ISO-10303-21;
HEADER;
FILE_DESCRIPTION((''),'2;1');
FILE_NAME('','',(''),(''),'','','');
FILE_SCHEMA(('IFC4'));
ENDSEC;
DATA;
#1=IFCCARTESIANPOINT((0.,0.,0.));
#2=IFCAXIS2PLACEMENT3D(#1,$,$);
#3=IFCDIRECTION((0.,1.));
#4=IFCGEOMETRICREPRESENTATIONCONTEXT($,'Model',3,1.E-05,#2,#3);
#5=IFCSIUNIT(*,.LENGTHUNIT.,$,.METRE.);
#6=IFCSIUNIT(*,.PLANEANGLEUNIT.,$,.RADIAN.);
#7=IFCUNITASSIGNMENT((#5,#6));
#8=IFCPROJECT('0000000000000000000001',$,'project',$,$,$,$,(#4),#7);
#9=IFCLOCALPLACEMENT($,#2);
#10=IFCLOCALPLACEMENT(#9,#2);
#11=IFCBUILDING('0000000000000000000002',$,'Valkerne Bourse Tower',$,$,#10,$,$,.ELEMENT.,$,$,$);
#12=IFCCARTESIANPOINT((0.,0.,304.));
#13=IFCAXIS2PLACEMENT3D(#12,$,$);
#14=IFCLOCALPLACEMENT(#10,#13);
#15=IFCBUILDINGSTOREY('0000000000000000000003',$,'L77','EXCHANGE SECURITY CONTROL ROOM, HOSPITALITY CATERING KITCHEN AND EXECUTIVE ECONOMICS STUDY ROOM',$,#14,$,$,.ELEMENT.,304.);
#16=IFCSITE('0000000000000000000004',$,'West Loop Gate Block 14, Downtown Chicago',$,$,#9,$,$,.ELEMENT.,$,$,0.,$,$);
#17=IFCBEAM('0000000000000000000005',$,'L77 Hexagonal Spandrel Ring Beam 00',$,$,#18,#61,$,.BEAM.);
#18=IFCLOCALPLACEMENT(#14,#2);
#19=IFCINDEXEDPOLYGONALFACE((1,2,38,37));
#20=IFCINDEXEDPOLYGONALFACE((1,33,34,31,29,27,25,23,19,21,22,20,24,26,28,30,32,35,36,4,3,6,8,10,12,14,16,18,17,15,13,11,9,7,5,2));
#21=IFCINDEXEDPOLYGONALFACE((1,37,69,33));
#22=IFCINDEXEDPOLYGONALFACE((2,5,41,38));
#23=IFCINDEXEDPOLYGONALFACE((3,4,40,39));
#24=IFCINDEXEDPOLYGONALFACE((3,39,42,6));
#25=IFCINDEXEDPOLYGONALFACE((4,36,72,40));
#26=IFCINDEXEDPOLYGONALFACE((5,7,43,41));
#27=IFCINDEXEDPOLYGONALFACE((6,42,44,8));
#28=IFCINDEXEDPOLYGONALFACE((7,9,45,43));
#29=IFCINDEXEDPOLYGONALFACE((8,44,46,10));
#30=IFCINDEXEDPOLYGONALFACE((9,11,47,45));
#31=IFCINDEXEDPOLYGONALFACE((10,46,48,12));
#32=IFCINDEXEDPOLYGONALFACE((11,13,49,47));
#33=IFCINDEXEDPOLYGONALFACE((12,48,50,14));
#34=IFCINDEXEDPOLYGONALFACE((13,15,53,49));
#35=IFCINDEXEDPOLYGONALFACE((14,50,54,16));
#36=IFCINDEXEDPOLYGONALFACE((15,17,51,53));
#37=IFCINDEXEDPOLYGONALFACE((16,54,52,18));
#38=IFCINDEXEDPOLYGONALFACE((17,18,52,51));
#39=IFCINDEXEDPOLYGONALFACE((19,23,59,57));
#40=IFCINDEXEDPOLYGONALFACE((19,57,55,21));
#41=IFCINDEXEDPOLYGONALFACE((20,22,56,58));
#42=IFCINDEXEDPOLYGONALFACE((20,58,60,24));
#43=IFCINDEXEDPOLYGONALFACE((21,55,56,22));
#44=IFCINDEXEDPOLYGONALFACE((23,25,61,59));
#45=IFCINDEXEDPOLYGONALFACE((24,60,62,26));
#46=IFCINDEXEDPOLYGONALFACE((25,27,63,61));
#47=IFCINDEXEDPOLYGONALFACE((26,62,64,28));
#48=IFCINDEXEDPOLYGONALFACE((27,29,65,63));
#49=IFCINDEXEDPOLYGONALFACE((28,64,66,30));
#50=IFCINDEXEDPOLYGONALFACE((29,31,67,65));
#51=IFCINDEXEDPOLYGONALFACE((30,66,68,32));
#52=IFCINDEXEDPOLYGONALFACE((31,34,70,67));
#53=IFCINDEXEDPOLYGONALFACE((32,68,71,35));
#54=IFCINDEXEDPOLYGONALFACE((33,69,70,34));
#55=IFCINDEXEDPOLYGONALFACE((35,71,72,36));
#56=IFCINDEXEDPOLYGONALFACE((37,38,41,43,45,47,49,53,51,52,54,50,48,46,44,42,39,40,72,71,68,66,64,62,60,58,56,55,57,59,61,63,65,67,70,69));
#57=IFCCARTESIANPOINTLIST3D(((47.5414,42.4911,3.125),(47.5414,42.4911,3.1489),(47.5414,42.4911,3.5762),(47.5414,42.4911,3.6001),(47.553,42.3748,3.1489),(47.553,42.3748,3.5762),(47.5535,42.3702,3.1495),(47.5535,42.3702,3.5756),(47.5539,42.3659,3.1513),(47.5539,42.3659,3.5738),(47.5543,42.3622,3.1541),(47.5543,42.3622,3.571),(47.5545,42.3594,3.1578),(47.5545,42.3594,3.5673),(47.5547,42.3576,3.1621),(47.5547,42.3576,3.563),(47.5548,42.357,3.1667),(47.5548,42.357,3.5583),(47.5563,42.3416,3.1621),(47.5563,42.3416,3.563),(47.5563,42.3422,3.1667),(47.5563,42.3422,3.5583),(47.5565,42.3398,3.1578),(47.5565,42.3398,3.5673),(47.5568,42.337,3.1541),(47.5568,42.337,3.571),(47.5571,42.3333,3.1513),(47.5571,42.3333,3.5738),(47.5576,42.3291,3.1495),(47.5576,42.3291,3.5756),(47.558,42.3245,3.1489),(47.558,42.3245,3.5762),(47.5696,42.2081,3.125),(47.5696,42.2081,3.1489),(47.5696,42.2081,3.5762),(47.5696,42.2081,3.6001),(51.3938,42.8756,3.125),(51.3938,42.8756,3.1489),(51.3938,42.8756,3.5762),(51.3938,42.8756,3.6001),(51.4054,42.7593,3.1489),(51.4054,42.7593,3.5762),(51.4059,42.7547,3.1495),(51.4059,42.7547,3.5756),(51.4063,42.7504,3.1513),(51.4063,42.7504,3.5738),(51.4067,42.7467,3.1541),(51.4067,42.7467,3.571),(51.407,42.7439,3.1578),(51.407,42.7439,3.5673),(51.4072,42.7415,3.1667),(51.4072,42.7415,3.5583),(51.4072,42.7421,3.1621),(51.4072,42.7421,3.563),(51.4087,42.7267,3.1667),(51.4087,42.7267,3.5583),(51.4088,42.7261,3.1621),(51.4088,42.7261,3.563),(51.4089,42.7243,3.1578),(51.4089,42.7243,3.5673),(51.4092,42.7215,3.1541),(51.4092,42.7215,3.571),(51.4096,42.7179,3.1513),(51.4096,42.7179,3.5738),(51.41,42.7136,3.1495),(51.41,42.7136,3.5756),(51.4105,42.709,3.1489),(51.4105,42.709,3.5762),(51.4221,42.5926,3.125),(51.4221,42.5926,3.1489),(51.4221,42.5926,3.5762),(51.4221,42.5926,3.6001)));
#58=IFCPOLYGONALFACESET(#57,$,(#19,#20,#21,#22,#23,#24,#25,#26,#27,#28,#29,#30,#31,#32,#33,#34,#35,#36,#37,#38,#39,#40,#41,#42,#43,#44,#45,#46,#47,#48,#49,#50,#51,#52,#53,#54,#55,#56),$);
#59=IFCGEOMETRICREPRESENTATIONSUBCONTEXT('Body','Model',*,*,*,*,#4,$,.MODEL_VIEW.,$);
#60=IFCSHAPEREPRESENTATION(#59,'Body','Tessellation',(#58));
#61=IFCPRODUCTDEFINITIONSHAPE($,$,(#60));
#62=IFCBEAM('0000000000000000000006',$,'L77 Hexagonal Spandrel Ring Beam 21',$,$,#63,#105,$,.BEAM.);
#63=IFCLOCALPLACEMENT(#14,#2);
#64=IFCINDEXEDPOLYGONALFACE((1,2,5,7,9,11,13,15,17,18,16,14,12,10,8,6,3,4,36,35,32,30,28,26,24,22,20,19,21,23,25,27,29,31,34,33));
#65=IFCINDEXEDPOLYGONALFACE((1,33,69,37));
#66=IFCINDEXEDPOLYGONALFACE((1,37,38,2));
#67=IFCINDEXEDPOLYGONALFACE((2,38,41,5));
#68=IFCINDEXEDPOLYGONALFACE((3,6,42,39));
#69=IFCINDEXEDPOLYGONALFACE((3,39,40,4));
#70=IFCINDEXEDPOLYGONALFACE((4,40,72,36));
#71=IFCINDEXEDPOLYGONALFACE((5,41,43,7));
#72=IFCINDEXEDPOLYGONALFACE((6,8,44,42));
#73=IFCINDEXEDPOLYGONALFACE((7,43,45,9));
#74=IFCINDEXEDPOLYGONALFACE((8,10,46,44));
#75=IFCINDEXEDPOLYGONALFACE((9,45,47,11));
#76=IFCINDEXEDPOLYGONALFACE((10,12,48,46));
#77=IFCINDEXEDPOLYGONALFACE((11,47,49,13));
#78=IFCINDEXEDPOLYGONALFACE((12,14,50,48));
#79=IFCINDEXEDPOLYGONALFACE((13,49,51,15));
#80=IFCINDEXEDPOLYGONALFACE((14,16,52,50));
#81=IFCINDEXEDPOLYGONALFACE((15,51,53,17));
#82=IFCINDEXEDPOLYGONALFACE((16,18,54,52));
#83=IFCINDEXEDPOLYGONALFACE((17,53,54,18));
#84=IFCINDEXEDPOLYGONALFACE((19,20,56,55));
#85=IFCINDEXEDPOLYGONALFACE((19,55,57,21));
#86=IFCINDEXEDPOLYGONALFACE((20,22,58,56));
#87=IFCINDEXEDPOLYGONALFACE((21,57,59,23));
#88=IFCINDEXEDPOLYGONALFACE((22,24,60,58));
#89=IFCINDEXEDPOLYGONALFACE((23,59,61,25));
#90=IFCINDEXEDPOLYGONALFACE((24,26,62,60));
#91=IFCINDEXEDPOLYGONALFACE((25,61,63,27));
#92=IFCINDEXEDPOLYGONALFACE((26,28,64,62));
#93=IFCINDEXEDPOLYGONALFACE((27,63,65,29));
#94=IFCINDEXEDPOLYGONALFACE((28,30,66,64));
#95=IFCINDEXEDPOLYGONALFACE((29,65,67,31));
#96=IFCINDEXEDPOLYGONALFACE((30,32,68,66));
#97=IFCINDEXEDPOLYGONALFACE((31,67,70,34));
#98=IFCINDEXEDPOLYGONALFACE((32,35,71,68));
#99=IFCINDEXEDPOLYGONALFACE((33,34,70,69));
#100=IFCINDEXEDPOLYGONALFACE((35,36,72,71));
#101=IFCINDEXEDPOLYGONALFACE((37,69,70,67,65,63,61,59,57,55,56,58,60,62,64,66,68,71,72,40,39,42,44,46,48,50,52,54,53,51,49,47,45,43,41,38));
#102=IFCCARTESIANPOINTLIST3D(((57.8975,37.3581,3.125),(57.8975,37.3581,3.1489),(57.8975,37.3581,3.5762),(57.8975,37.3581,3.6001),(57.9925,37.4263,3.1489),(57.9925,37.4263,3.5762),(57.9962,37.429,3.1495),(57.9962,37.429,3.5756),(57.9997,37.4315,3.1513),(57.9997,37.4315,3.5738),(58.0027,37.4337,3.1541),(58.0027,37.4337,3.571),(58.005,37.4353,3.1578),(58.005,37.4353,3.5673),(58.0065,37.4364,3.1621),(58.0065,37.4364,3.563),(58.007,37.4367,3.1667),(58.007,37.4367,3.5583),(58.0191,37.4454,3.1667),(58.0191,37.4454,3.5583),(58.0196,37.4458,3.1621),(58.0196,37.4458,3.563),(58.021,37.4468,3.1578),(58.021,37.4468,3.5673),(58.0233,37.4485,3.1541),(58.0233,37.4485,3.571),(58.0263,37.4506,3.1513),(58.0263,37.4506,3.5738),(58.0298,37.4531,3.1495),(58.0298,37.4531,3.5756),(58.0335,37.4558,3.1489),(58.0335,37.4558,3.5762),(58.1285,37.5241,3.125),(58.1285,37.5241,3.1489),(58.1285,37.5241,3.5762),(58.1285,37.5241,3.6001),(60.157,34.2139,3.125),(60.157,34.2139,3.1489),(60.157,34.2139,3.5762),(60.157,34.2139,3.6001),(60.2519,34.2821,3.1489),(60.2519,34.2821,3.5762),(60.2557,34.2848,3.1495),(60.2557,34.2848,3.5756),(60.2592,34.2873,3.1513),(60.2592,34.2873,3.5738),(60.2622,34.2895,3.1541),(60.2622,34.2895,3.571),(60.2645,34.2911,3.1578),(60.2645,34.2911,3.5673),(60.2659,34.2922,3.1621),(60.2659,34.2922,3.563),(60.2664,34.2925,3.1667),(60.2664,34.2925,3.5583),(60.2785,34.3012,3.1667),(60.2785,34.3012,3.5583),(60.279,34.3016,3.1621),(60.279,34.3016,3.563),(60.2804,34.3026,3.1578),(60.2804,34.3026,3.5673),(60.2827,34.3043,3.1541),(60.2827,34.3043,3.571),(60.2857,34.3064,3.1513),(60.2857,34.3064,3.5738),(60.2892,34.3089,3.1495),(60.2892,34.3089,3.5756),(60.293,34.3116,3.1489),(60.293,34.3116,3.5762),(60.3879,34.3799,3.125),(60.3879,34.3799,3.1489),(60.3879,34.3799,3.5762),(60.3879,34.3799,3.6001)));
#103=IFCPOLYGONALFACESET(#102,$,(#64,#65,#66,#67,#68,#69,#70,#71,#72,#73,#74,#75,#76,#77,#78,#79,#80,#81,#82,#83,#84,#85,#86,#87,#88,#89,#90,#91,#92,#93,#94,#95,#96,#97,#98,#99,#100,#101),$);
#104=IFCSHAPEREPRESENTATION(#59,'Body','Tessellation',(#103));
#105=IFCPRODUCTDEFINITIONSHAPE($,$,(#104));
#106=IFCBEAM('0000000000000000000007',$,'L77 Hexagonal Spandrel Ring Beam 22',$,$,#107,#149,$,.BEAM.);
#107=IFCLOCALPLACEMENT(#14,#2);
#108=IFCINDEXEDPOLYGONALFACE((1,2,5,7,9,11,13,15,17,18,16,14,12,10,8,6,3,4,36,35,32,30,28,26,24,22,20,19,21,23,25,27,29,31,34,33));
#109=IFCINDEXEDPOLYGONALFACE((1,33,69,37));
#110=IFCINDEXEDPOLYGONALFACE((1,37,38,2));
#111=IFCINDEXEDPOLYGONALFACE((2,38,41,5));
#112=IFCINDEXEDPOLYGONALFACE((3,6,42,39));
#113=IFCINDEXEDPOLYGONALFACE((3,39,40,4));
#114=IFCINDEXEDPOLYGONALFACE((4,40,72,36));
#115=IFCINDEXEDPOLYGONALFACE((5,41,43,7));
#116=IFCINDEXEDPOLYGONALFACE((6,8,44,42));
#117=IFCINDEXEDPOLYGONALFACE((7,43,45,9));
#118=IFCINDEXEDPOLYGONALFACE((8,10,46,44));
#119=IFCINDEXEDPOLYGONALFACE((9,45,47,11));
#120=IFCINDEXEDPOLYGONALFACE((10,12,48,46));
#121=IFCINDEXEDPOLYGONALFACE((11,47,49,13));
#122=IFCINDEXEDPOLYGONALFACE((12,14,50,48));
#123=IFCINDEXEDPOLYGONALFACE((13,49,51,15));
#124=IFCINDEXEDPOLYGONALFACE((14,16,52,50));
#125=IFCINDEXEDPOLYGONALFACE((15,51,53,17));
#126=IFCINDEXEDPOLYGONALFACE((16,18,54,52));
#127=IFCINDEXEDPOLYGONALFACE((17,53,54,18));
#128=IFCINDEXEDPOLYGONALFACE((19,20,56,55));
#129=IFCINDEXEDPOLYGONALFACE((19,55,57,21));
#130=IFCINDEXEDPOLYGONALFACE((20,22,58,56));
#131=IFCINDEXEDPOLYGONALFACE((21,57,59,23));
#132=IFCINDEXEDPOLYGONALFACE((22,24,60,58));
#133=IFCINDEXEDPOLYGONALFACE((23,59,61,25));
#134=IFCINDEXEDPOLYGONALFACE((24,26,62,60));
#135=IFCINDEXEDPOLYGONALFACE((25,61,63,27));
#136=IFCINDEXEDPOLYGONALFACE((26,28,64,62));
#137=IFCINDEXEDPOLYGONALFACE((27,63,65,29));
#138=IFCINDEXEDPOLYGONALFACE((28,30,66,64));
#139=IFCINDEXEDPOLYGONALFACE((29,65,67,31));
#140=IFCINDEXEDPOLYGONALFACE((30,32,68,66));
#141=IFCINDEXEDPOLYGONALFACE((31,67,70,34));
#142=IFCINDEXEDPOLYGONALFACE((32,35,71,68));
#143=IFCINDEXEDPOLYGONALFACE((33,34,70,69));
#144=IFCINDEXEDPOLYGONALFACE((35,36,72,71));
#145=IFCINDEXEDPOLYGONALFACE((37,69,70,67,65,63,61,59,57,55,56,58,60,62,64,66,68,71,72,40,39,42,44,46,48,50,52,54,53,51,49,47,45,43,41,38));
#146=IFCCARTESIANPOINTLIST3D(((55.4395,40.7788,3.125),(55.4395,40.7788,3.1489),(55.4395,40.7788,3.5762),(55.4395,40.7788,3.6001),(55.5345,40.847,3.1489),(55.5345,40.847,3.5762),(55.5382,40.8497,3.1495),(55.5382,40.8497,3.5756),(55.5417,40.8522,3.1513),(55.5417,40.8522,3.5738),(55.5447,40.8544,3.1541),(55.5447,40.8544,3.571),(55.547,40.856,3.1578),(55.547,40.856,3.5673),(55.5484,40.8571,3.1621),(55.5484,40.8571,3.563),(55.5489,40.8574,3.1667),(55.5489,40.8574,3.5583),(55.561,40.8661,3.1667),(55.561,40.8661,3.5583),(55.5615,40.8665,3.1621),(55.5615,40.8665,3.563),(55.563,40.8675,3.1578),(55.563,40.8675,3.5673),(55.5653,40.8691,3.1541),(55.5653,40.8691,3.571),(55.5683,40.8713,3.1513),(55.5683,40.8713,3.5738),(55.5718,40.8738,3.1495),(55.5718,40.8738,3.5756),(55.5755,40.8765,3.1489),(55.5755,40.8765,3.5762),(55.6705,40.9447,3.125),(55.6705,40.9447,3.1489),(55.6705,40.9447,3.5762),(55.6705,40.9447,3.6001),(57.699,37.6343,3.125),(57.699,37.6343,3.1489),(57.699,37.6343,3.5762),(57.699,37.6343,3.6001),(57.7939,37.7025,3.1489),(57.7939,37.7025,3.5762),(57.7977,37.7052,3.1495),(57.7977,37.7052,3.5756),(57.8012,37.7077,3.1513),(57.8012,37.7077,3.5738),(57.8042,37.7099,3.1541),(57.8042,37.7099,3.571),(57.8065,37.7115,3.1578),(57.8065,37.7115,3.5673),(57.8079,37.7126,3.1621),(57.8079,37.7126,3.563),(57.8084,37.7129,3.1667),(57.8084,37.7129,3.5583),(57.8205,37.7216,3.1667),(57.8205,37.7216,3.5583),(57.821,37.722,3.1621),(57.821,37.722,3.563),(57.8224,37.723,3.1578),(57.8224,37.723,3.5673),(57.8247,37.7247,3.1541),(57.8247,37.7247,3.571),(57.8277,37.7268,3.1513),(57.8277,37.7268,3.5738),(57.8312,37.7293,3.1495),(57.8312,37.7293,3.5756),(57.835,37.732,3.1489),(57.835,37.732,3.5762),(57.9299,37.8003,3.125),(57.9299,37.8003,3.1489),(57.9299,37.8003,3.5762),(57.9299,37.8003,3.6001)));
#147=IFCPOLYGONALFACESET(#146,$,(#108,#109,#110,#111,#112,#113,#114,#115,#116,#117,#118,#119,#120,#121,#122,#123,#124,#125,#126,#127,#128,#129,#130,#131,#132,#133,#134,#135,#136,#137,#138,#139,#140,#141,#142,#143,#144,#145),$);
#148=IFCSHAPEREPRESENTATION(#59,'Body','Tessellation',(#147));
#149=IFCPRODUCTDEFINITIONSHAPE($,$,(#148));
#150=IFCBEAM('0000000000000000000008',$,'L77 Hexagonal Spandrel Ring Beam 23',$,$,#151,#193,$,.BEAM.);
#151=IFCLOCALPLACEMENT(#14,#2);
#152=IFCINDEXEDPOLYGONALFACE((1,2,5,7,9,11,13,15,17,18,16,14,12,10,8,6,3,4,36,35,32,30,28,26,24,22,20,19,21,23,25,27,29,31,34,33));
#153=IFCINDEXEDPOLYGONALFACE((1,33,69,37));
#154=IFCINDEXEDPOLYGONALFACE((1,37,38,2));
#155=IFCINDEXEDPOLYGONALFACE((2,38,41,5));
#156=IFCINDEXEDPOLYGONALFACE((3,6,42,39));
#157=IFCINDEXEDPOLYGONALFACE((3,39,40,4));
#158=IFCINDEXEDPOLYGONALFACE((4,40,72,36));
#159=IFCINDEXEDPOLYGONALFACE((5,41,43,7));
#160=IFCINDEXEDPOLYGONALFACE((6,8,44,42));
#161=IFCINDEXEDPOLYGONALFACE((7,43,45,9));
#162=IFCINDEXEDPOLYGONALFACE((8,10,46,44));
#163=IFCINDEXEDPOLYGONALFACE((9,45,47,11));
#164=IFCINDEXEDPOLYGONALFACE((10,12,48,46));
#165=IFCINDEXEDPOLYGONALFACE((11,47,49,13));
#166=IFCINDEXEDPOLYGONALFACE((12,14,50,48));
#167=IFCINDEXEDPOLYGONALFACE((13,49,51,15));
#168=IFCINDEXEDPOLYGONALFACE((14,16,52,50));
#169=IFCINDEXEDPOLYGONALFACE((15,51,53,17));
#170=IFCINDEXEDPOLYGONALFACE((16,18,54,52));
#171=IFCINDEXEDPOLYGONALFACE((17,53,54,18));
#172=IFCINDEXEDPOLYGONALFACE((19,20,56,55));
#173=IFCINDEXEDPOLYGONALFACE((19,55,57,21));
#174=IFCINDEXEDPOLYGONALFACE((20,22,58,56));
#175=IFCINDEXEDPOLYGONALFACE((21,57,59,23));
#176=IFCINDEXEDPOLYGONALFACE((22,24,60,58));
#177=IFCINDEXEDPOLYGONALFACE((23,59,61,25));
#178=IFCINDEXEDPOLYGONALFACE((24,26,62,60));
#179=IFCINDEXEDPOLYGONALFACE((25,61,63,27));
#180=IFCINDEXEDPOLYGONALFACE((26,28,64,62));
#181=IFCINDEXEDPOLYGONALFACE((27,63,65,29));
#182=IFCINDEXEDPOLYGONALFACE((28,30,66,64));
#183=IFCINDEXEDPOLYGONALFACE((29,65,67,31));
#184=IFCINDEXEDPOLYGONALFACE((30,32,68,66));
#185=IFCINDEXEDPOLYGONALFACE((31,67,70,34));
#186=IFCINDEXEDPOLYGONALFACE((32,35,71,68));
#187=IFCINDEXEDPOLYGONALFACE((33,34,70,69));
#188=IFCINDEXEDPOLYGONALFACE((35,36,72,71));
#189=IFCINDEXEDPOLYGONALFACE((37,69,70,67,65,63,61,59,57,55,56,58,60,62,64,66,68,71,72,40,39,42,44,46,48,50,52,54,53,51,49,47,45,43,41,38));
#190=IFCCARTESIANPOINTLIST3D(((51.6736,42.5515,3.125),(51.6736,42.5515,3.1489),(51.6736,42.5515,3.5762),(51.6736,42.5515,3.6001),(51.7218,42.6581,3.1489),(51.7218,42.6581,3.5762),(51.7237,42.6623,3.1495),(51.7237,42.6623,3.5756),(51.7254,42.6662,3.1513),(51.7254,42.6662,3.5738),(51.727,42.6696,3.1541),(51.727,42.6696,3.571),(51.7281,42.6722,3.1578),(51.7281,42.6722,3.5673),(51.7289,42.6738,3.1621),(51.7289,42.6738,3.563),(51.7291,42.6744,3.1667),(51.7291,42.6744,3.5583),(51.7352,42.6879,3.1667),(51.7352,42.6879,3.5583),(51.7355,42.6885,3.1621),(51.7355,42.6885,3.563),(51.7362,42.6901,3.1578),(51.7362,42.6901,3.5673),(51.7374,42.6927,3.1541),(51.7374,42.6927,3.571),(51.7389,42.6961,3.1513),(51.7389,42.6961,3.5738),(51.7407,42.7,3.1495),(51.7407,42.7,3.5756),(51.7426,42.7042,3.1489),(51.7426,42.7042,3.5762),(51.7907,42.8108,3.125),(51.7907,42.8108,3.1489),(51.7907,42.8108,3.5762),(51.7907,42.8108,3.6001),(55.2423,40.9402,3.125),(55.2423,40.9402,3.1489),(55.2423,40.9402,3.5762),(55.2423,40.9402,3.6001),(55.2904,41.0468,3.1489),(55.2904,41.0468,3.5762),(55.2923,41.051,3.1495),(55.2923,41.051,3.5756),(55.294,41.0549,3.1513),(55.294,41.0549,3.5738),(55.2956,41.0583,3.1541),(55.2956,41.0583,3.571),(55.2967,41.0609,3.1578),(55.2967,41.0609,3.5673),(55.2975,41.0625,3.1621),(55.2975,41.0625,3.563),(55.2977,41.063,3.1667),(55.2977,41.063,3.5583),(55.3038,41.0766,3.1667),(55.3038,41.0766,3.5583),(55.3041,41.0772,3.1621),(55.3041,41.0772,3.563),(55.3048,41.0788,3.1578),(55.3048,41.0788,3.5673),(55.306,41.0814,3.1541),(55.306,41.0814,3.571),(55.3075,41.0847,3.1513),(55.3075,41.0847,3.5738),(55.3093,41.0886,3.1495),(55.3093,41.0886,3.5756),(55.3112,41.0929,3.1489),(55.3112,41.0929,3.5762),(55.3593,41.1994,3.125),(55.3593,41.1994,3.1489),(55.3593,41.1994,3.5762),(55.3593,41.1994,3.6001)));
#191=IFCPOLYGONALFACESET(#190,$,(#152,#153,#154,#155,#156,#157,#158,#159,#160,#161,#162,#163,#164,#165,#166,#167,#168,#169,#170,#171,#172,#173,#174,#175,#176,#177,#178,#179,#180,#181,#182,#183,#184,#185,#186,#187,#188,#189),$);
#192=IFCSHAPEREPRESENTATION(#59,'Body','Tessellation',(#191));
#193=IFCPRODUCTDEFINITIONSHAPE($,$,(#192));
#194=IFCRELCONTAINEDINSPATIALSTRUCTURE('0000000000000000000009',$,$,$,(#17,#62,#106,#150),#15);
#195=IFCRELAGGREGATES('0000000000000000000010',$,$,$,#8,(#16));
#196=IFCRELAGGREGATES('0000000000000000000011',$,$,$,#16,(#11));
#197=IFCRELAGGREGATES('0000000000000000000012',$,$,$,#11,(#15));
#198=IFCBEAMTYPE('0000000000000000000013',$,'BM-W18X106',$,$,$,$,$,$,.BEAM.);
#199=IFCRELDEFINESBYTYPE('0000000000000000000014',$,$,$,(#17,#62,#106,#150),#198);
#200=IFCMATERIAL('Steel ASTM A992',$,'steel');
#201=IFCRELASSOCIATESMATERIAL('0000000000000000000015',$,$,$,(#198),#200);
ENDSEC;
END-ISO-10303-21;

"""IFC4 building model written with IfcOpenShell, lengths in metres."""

from ifc_helpers import new_model, si_unit, direction, frame, origin, origin_2d, place, context, subcontext, project, spatial, i_section, extrude, material, material_profile, profile_set, type_object, element, save


model = new_model("IFC4")

# Units and contexts
model_context = context("Model", 3, precision=1e-05, world=origin(), true_north=direction((0.0, 1.0)))
body_context = subcontext(model_context, "Body", "Model", "MODEL_VIEW")
ifc_project = project(units=[si_unit("LENGTHUNIT", "METRE"), si_unit("PLANEANGLEUNIT", "RADIAN")], contexts=[model_context])

# Site, building, storey
site_placement = place(None, origin())
site = spatial("IfcSite", under=ifc_project, at=site_placement, Name="West Loop Gate Block 14, Downtown Chicago", CompositionType="ELEMENT", RefElevation=0.0)
building_placement = place(site_placement, origin())
building = spatial("IfcBuilding", under=site, at=building_placement, Name="Valkerne Bourse Tower", CompositionType="ELEMENT")
storey_placement = place(building_placement, frame((0.0, 0.0, 304.0)))
storey = spatial("IfcBuildingStorey", under=building, at=storey_placement, Name="L77", Description="EXCHANGE SECURITY CONTROL ROOM, HOSPITALITY CATERING KITCHEN AND EXECUTIVE ECONOMICS STUDY ROOM", CompositionType="ELEMENT", Elevation=304.0)

# Beams
ifc_material_1 = material(Name="Steel ASTM A992", Category="steel")
ifc_material_profile_1 = material_profile(ifc_material_1, i_section(OverallWidth=0.2844, OverallDepth=0.4751, WebThickness=0.0149, FlangeThickness=0.0239, FilletRadius=0.0178, at=origin_2d()), Name="W18X106")
ifc_profile_set_1 = profile_set([ifc_material_profile_1], Name="Steel ASTM A992")
beam_type = type_object("IfcBeamType", Name="BM-W18X106", PredefinedType="BEAM", material=ifc_profile_set_1)
beam_1_placement = place(storey_placement, frame((51.408, 42.7341, 3.3625), z_axis=(-0.995056, -0.099316, 0.0), x_axis=(0.099316, -0.995056, 0.0)))
element("IfcBeam", 1, at=beam_1_placement, inside=storey, type_object=beam_type, Name="L77 Hexagonal Spandrel Ring Beam 00", PredefinedType="BEAM", context=body_context, shape_type="SweptSolid", body=[
    extrude(i_section(OverallWidth=0.2844, OverallDepth=0.4751, WebThickness=0.0149, FlangeThickness=0.0239, FilletRadius=0.0178, at=origin_2d()), origin(), (0.0, 0.0, 1.0), 3.8716),
])
beam_2_placement = place(storey_placement, frame((60.2725, 34.2969, 3.3625), z_axis=(-0.583562, 0.812069, 0.0), x_axis=(-0.812069, -0.583562, 0.0)))
element("IfcBeam", 2, at=beam_2_placement, inside=storey, type_object=beam_type, Name="L77 Hexagonal Spandrel Ring Beam 21", PredefinedType="BEAM", context=body_context, shape_type="SweptSolid", body=[
    extrude(i_section(OverallWidth=0.2844, OverallDepth=0.4751, WebThickness=0.0149, FlangeThickness=0.0239, FilletRadius=0.0178, at=origin_2d()), origin(), (0.0, 0.0, 1.0), 3.8718),
])
beam_3_placement = place(storey_placement, frame((57.8145, 37.7173, 3.3625), z_axis=(-0.583532, 0.81209, 0.0), x_axis=(-0.81209, -0.583532, 0.0)))
element("IfcBeam", 3, at=beam_3_placement, inside=storey, type_object=beam_type, Name="L77 Hexagonal Spandrel Ring Beam 22", PredefinedType="BEAM", context=body_context, shape_type="SweptSolid", body=[
    extrude(i_section(OverallWidth=0.2844, OverallDepth=0.4751, WebThickness=0.0149, FlangeThickness=0.0239, FilletRadius=0.0178, at=origin_2d()), origin(), (0.0, 0.0, 1.0), 3.8721),
])
beam_4_placement = place(storey_placement, frame((55.3008, 41.0698, 3.3625), z_axis=(-0.911399, 0.411523, 0.0), x_axis=(-0.411523, -0.911399, 0.0)))
element("IfcBeam", 4, at=beam_4_placement, inside=storey, type_object=beam_type, Name="L77 Hexagonal Spandrel Ring Beam 23", PredefinedType="BEAM", context=body_context, shape_type="SweptSolid", body=[
    extrude(i_section(OverallWidth=0.2844, OverallDepth=0.4751, WebThickness=0.0149, FlangeThickness=0.0239, FilletRadius=0.0178, at=origin_2d()), origin(), (0.0, 0.0, 1.0), 3.9155),
])

save(model, "model.ifc")
